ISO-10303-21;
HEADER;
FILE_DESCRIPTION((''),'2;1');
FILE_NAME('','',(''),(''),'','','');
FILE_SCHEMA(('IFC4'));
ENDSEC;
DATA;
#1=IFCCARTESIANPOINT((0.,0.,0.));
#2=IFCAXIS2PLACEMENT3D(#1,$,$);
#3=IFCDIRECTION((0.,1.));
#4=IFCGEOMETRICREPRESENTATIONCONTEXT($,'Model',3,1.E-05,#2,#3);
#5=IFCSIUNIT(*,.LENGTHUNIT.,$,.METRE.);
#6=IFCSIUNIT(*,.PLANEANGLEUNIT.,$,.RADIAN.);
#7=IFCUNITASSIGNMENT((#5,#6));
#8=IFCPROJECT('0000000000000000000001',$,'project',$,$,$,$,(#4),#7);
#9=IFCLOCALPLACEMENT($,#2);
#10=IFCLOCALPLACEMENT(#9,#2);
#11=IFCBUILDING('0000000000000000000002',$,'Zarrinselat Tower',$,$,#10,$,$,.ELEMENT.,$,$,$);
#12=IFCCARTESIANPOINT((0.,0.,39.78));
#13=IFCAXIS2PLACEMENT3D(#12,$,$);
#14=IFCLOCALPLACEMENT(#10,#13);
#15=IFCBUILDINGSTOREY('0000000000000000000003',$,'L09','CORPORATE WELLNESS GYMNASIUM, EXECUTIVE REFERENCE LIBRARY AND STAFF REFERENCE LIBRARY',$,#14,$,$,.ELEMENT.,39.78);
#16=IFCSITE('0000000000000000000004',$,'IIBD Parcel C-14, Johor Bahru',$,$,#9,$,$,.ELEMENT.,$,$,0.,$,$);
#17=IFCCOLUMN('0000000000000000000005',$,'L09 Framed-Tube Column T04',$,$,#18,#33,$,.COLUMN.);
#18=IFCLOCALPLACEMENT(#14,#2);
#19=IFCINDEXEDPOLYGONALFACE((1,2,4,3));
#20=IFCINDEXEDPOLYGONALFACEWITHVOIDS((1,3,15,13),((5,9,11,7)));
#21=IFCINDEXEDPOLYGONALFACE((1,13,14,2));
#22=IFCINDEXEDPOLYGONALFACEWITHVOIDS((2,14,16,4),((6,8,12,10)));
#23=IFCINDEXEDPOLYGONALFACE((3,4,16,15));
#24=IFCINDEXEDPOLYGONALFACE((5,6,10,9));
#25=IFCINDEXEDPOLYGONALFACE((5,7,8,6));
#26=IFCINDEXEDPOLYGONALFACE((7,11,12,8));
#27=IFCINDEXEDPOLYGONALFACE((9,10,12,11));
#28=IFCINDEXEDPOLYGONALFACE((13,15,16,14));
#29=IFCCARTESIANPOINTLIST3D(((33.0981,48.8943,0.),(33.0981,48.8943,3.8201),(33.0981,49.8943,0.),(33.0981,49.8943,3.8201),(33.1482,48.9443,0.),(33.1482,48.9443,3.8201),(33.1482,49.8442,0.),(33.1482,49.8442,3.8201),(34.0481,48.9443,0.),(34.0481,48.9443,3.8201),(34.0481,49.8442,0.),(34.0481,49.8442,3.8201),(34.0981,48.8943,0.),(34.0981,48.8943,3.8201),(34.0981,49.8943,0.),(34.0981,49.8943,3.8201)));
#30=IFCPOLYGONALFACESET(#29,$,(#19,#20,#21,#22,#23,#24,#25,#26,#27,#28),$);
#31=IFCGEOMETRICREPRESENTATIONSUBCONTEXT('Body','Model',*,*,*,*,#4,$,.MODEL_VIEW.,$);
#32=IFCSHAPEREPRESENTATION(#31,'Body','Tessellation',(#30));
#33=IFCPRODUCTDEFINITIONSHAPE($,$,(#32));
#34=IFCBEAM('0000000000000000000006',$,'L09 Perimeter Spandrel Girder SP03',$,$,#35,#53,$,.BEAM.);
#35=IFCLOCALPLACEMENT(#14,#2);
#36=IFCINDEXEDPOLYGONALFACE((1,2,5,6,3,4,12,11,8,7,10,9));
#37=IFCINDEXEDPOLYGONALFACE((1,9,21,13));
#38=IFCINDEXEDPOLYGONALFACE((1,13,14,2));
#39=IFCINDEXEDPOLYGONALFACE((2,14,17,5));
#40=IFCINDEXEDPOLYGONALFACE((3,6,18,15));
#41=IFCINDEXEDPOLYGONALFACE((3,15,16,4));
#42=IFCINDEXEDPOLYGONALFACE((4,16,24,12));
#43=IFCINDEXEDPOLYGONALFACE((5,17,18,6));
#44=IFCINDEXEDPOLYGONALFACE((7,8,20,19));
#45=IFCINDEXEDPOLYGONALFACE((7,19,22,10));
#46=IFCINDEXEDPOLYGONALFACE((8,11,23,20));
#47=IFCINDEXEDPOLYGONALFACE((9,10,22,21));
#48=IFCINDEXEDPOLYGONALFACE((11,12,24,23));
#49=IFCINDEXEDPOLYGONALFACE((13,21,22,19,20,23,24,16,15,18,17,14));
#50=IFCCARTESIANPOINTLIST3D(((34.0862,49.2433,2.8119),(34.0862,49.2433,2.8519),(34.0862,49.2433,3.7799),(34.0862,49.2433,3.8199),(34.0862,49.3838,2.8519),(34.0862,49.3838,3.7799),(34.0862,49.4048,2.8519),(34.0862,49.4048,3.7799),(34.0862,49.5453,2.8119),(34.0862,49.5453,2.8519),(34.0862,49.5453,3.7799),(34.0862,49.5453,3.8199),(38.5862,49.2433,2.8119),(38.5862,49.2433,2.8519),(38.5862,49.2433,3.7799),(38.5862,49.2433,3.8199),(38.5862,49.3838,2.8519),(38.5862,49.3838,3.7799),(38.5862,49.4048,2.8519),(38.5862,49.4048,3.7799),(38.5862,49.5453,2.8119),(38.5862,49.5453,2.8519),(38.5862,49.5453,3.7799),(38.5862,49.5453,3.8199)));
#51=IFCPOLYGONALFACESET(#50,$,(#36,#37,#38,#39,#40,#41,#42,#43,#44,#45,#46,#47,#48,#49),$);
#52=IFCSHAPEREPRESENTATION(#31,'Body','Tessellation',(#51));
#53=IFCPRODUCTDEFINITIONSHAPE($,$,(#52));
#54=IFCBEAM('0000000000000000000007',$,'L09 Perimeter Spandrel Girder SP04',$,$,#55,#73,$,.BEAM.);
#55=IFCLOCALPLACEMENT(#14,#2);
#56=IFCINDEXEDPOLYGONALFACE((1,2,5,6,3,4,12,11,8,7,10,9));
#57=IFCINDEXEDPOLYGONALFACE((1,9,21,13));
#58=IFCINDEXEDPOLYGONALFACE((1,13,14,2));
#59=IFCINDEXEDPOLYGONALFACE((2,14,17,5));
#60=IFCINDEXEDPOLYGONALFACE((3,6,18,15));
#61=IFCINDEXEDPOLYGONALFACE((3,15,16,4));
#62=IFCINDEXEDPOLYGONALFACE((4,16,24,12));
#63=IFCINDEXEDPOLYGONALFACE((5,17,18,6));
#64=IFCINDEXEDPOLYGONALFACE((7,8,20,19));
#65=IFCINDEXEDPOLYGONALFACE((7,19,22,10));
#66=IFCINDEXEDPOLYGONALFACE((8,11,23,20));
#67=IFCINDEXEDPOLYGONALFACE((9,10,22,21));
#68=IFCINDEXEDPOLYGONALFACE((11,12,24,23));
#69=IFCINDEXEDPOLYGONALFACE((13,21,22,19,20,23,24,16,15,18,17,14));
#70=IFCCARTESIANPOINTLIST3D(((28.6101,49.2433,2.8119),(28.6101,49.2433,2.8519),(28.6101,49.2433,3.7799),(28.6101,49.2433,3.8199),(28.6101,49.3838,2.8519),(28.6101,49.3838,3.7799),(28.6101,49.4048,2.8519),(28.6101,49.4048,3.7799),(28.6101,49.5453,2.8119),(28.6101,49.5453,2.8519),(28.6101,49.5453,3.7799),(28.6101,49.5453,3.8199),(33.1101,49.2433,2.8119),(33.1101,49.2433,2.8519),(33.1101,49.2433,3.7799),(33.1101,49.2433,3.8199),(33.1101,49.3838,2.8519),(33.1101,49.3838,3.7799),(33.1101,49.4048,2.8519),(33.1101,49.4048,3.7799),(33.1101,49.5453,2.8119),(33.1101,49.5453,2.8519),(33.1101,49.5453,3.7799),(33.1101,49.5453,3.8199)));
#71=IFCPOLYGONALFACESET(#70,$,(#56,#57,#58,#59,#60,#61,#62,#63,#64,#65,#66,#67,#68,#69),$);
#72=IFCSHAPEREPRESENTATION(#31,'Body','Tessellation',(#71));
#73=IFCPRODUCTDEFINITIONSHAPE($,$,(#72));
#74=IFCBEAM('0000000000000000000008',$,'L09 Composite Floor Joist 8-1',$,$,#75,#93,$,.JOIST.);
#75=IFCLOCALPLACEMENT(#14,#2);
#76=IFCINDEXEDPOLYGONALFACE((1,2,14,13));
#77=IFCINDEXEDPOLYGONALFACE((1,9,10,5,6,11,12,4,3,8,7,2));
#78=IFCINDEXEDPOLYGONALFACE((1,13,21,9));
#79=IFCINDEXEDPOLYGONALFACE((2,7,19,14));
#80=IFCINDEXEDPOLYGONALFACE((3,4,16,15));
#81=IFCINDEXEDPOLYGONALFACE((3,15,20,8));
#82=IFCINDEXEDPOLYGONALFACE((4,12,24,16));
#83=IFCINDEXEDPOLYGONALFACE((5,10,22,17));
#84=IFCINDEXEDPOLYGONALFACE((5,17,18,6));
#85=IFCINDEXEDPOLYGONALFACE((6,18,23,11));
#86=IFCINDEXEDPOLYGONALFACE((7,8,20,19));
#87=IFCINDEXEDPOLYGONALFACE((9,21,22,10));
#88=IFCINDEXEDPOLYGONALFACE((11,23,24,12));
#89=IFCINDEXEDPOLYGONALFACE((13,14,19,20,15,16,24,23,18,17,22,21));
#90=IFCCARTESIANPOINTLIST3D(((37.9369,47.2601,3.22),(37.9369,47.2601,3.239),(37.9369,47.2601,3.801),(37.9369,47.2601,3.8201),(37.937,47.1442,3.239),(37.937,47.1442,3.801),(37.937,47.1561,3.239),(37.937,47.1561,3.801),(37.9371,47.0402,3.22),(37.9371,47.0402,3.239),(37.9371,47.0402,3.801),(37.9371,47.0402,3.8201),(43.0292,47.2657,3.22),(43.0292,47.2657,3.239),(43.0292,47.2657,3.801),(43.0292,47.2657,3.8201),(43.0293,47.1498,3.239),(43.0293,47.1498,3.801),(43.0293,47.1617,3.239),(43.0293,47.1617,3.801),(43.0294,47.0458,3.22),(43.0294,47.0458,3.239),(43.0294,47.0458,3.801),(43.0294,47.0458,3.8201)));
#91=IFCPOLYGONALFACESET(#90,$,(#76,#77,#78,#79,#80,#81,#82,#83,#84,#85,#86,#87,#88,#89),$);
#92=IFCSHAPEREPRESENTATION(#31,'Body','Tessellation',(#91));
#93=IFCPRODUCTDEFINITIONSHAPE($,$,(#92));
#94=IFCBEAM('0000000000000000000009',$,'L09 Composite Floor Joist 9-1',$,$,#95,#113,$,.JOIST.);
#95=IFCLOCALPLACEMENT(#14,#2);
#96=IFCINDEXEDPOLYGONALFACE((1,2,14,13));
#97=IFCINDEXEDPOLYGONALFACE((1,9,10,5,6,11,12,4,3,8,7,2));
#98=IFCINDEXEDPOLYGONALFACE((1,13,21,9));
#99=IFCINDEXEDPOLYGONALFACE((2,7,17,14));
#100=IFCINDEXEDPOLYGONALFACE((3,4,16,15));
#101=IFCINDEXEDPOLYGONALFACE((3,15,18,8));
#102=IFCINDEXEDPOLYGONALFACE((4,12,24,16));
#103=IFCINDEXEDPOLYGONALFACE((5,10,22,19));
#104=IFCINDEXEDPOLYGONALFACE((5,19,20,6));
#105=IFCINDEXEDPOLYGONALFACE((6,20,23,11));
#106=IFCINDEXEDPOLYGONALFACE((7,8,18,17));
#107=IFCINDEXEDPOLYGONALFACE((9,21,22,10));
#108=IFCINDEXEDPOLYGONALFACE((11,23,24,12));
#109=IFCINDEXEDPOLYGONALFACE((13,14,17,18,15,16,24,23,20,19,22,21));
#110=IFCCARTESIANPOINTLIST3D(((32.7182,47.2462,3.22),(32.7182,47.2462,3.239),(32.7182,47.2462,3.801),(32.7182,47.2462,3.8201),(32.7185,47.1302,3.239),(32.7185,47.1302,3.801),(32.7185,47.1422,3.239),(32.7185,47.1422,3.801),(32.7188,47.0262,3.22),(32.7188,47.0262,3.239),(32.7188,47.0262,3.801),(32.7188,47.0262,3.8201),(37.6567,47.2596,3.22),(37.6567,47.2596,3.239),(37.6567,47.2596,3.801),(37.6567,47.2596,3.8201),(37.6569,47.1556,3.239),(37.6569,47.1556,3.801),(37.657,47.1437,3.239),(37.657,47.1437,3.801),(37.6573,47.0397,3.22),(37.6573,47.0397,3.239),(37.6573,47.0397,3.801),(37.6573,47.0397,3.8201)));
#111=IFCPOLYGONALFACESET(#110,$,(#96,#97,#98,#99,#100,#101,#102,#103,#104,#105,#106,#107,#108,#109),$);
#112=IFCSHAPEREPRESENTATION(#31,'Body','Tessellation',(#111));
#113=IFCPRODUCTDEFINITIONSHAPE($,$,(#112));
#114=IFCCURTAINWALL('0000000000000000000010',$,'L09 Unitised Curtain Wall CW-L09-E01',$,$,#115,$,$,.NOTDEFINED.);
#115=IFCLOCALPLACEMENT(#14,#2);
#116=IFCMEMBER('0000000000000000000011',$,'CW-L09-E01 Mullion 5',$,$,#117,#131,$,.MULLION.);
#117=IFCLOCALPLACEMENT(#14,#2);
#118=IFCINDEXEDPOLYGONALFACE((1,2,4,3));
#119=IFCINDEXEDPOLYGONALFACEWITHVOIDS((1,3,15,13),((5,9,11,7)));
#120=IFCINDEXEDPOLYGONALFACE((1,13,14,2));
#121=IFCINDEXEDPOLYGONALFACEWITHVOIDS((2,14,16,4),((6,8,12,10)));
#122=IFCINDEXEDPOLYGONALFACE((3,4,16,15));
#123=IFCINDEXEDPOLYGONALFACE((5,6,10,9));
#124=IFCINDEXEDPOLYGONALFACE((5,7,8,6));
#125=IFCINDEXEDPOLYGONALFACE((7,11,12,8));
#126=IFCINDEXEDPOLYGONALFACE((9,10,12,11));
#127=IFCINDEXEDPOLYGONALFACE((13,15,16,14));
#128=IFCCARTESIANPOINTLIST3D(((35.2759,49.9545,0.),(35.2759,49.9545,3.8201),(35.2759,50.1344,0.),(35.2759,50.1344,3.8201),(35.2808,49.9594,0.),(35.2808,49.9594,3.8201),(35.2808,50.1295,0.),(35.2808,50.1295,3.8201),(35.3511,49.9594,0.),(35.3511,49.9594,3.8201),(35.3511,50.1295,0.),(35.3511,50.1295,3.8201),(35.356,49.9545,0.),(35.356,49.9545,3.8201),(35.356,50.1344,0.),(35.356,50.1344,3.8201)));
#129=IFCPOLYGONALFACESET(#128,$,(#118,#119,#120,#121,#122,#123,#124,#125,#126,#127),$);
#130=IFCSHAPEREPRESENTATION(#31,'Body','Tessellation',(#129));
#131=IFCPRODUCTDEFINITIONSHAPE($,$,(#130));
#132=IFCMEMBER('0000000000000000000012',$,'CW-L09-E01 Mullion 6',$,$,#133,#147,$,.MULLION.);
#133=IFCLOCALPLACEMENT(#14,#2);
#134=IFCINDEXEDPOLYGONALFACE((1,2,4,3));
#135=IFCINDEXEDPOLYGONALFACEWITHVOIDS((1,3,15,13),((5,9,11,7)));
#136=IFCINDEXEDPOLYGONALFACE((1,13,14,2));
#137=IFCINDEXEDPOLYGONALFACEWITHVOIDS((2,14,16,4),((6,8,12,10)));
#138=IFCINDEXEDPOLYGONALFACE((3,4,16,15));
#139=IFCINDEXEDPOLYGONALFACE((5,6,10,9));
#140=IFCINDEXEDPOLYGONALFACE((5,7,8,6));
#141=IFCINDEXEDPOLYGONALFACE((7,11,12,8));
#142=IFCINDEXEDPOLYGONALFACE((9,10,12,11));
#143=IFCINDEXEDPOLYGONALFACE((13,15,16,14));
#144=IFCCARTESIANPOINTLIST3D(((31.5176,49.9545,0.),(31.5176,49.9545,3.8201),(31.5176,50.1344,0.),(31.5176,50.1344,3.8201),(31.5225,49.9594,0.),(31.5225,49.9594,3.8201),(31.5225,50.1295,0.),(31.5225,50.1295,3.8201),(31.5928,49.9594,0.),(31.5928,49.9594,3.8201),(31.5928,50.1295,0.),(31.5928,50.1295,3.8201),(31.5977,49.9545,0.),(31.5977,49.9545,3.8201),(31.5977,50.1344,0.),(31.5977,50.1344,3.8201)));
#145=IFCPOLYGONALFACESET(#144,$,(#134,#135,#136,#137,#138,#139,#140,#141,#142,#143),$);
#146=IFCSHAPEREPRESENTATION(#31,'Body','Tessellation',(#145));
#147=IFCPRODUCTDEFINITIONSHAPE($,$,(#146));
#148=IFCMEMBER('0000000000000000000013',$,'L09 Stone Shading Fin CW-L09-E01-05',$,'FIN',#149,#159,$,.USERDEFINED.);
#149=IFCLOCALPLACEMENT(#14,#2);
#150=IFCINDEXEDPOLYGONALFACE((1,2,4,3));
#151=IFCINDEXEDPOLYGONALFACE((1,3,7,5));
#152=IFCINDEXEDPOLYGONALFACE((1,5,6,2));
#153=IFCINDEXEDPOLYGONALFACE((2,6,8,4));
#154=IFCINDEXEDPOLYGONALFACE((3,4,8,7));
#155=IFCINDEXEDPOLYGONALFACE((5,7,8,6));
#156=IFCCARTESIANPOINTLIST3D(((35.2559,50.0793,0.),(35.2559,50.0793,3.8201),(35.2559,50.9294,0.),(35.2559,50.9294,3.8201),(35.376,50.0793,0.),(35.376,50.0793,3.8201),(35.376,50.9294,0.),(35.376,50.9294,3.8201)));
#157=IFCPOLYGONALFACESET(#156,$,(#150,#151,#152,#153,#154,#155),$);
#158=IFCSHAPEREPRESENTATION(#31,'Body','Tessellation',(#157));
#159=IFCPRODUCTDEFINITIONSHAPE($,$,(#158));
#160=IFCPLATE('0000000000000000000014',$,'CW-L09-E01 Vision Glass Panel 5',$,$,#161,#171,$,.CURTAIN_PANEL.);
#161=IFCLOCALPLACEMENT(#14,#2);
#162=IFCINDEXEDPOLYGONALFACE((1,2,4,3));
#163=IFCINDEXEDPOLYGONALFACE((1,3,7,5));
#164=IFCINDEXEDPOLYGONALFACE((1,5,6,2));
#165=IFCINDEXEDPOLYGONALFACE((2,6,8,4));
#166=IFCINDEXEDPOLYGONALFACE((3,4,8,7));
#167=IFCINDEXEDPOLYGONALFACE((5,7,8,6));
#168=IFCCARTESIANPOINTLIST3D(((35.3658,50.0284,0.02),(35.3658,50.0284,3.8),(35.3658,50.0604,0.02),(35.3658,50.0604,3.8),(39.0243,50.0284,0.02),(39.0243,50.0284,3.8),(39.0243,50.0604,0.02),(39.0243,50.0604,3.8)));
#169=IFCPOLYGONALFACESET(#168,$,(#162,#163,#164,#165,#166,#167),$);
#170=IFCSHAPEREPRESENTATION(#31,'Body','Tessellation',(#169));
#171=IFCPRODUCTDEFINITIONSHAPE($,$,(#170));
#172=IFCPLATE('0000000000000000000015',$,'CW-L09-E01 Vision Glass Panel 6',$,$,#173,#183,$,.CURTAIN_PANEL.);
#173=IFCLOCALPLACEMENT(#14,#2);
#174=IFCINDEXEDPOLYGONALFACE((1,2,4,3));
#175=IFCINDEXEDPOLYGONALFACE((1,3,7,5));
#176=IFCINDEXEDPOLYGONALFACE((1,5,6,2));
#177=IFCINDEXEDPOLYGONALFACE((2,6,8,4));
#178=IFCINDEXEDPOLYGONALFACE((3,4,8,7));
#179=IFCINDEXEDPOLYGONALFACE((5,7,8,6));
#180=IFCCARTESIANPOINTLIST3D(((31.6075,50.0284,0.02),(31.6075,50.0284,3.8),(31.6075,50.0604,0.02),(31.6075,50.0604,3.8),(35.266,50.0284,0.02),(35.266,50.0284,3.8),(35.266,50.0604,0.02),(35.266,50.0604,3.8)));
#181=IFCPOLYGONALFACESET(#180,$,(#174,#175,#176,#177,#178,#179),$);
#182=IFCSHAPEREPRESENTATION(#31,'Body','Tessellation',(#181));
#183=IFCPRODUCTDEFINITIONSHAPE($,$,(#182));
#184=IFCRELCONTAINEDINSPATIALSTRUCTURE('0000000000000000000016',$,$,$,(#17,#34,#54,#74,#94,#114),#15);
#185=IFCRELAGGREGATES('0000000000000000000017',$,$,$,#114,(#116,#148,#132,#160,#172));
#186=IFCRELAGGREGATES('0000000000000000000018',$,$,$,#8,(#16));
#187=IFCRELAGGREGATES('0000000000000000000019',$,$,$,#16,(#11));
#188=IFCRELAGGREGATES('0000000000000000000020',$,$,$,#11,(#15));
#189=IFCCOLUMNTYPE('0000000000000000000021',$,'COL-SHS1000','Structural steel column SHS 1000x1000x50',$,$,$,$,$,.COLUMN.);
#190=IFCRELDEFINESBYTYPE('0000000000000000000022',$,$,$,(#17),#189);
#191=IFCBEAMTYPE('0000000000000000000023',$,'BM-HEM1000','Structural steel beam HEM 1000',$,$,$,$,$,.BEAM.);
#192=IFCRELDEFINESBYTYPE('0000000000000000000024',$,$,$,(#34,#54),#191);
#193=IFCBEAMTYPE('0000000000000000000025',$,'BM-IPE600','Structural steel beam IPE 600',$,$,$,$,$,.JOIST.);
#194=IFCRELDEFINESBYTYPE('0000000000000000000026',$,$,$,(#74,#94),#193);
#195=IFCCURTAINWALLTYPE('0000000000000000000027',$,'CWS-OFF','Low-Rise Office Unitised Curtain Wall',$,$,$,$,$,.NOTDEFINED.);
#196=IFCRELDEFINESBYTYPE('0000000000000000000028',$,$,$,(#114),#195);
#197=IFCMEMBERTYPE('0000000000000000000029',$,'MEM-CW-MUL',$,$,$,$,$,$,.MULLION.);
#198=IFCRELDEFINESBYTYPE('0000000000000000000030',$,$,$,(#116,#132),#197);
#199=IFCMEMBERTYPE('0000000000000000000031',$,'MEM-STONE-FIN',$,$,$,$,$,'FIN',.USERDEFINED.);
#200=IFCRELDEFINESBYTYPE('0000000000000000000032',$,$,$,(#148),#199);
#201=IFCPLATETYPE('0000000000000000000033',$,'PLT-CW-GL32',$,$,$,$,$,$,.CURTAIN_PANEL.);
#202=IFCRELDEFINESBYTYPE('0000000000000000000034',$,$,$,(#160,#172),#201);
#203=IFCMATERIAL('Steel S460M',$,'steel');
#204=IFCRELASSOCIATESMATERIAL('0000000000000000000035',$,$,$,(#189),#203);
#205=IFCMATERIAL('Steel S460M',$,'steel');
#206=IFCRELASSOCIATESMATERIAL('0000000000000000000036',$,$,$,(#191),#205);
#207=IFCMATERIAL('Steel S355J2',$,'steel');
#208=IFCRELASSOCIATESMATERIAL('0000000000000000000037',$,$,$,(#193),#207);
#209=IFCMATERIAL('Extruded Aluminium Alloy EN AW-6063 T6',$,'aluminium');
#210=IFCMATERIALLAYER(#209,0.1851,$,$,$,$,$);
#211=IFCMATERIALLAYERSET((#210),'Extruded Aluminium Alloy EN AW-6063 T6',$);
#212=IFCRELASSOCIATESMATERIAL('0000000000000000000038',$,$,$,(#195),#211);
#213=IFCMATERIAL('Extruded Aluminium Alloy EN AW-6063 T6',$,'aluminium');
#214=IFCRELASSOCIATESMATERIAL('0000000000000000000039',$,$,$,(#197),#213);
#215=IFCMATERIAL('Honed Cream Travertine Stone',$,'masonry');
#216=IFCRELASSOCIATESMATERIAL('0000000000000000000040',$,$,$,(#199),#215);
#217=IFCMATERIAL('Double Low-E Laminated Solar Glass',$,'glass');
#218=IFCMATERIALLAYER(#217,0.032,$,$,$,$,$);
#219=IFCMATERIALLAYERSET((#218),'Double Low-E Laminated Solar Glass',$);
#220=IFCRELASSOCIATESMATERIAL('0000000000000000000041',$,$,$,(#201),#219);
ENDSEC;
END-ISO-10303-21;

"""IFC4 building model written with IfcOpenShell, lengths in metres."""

from ifc_helpers import new_model, si_unit, direction, frame, origin, origin_2d, place, context, subcontext, project, spatial, rectangle, hollow_rectangle, i_section, extrude, material, layer, layer_set, material_profile, profile_set, type_object, element, aggregate, save


model = new_model("IFC4")

# Units and contexts
model_context = context("Model", 3, precision=1e-05, world=origin(), true_north=direction((0.0, 1.0)))
body_context = subcontext(model_context, "Body", "Model", "MODEL_VIEW")
ifc_project = project(units=[si_unit("LENGTHUNIT", "METRE"), si_unit("PLANEANGLEUNIT", "RADIAN")], contexts=[model_context])

# Site, building, storey
site_placement = place(None, origin())
site = spatial("IfcSite", under=ifc_project, at=site_placement, Name="IIBD Parcel C-14, Johor Bahru", CompositionType="ELEMENT", RefElevation=0.0)
building_placement = place(site_placement, origin())
building = spatial("IfcBuilding", under=site, at=building_placement, Name="Zarrinselat Tower", CompositionType="ELEMENT")
storey_placement = place(building_placement, frame((0.0, 0.0, 39.78)))
storey = spatial("IfcBuildingStorey", under=building, at=storey_placement, Name="L09", Description="CORPORATE WELLNESS GYMNASIUM, EXECUTIVE REFERENCE LIBRARY AND STAFF REFERENCE LIBRARY", CompositionType="ELEMENT", Elevation=39.78)

# Column
ifc_material_1 = material(Name="Steel S460M", Category="steel")
ifc_material_profile_1 = material_profile(ifc_material_1, hollow_rectangle(XDim=1.0, YDim=1.0, WallThickness=0.05, at=origin_2d()), Name="SHS 1000x1000x50")
ifc_profile_set_1 = profile_set([ifc_material_profile_1], Name="Steel S460M")
column_type = type_object("IfcColumnType", Name="COL-SHS1000", Description="Structural steel column SHS 1000x1000x50", PredefinedType="COLUMN", material=ifc_profile_set_1)
column_placement = place(storey_placement, frame((33.5981, 49.3943, 0.0), z_axis=(0.0, 0.0, 1.0), x_axis=(1.0, 0.0, 0.0)))
element("IfcColumn", 1, at=column_placement, inside=storey, type_object=column_type, Name="L09 Framed-Tube Column T04", PredefinedType="COLUMN", context=body_context, shape_type="SweptSolid", body=[
    extrude(hollow_rectangle(XDim=1.0, YDim=1.0, WallThickness=0.05, at=origin_2d()), origin(), (0.0, 0.0, 1.0), 3.8201),
])

# Beams
ifc_material_2 = material(Name="Steel S460M", Category="steel")
ifc_material_profile_2 = material_profile(ifc_material_2, i_section(OverallWidth=0.302, OverallDepth=1.0081, WebThickness=0.021, FlangeThickness=0.04, at=origin_2d()), Name="HEM 1000")
ifc_profile_set_2 = profile_set([ifc_material_profile_2], Name="Steel S460M")
beam_type_1 = type_object("IfcBeamType", Name="BM-HEM1000", Description="Structural steel beam HEM 1000", PredefinedType="BEAM", material=ifc_profile_set_2)
for number, where, z_axis, x_axis, name in (
    (2, (34.0862, 49.3943, 3.3159), (1.0, 0.0, 0.0), (0.0, 1.0, 0.0), "L09 Perimeter Spandrel Girder SP03"),
    (3, (28.6101, 49.3943, 3.3159), (1.0, 0.0, 0.0), (0.0, 1.0, 0.0), "L09 Perimeter Spandrel Girder SP04"),
):
    element("IfcBeam", number, at=place(storey_placement, frame(where, z_axis=z_axis, x_axis=x_axis)), inside=storey, type_object=beam_type_1, Name=name, PredefinedType="BEAM", context=body_context, shape_type="SweptSolid", body=[
        extrude(i_section(OverallWidth=0.302, OverallDepth=1.0081, WebThickness=0.021, FlangeThickness=0.04, at=origin_2d()), origin(), (0.0, 0.0, 1.0), 4.5),
    ])
ifc_material_3 = material(Name="Steel S355J2", Category="steel")
ifc_material_profile_3 = material_profile(ifc_material_3, i_section(OverallWidth=0.22, OverallDepth=0.6001, WebThickness=0.012, FlangeThickness=0.019, at=origin_2d()), Name="IPE 600")
ifc_profile_set_3 = profile_set([ifc_material_profile_3], Name="Steel S355J2")
beam_type_2 = type_object("IfcBeamType", Name="BM-IPE600", Description="Structural steel beam IPE 600", PredefinedType="JOIST", material=ifc_profile_set_3)
beam_1_placement = place(storey_placement, frame((37.937, 47.1501, 3.52), z_axis=(0.999999, 0.001103, 0.0), x_axis=(-0.001103, 0.999999, 0.0)))
element("IfcBeam", 4, at=beam_1_placement, inside=storey, type_object=beam_type_2, Name="L09 Composite Floor Joist 8-1", PredefinedType="JOIST", context=body_context, shape_type="SweptSolid", body=[
    extrude(i_section(OverallWidth=0.22, OverallDepth=0.6001, WebThickness=0.012, FlangeThickness=0.019, at=origin_2d()), origin(), (0.0, 0.0, 1.0), 5.0923),
])
beam_2_placement = place(storey_placement, frame((32.7185, 47.1362, 3.52), z_axis=(0.999996, 0.002719, 0.0), x_axis=(-0.002719, 0.999996, 0.0)))
element("IfcBeam", 5, at=beam_2_placement, inside=storey, type_object=beam_type_2, Name="L09 Composite Floor Joist 9-1", PredefinedType="JOIST", context=body_context, shape_type="SweptSolid", body=[
    extrude(i_section(OverallWidth=0.22, OverallDepth=0.6001, WebThickness=0.012, FlangeThickness=0.019, at=origin_2d()), origin(), (0.0, 0.0, 1.0), 4.9385),
])

# Curtain wall, members, plates
ifc_material_4 = material(Name="Extruded Aluminium Alloy EN AW-6063 T6", Category="aluminium")
ifc_layer_1 = layer(ifc_material_4, 0.1851)
ifc_layer_set_1 = layer_set([ifc_layer_1], Name="Extruded Aluminium Alloy EN AW-6063 T6")
curtain_wall_type = type_object("IfcCurtainWallType", Name="CWS-OFF", Description="Low-Rise Office Unitised Curtain Wall", PredefinedType="NOTDEFINED", material=ifc_layer_set_1)
curtain_wall_placement = place(storey_placement, origin())
curtain_wall = element("IfcCurtainWall", 6, at=curtain_wall_placement, inside=storey, type_object=curtain_wall_type, Name="L09 Unitised Curtain Wall CW-L09-E01", PredefinedType="NOTDEFINED")
ifc_material_5 = material(Name="Extruded Aluminium Alloy EN AW-6063 T6", Category="aluminium")
ifc_material_profile_4 = material_profile(ifc_material_5, hollow_rectangle(XDim=0.0801, YDim=0.1799, WallThickness=0.0049, at=origin_2d()), Name="RHS 180x80x5")
ifc_profile_set_4 = profile_set([ifc_material_profile_4], Name="Extruded Aluminium Alloy EN AW-6063 T6")
member_type_1 = type_object("IfcMemberType", Name="MEM-CW-MUL", PredefinedType="MULLION", material=ifc_profile_set_4)
member_1_placement = place(storey_placement, frame((35.3159, 50.0444, 0.0), z_axis=(0.0, 0.0, 1.0), x_axis=(-1.0, 0.0, 0.0)))
member_1 = element("IfcMember", 7, at=member_1_placement, type_object=member_type_1, Name="CW-L09-E01 Mullion 5", PredefinedType="MULLION", context=body_context, shape_type="SweptSolid", body=[
    extrude(hollow_rectangle(XDim=0.0801, YDim=0.1799, WallThickness=0.0049, at=origin_2d()), origin(), (0.0, 0.0, 1.0), 3.8201),
])
member_2_placement = place(storey_placement, frame((31.5576, 50.0444, 0.0), z_axis=(0.0, 0.0, 1.0), x_axis=(-1.0, 0.0, 0.0)))
member_2 = element("IfcMember", 8, at=member_2_placement, type_object=member_type_1, Name="CW-L09-E01 Mullion 6", PredefinedType="MULLION", context=body_context, shape_type="SweptSolid", body=[
    extrude(hollow_rectangle(XDim=0.0801, YDim=0.1799, WallThickness=0.0049, at=origin_2d()), origin(), (0.0, 0.0, 1.0), 3.8201),
])
ifc_material_6 = material(Name="Honed Cream Travertine Stone", Category="masonry")
ifc_material_profile_5 = material_profile(ifc_material_6, rectangle(XDim=0.1201, YDim=0.8501, at=origin_2d()), Name="FIN 850x120")
ifc_profile_set_5 = profile_set([ifc_material_profile_5], Name="Honed Cream Travertine Stone")
member_type_2 = type_object("IfcMemberType", Name="MEM-STONE-FIN", ElementType="FIN", PredefinedType="USERDEFINED", material=ifc_profile_set_5)
member_3_placement = place(storey_placement, frame((35.3159, 50.5044, 0.0), z_axis=(0.0, 0.0, 1.0), x_axis=(1.0, 0.0, 0.0)))
member_3 = element("IfcMember", 9, at=member_3_placement, type_object=member_type_2, Name="L09 Stone Shading Fin CW-L09-E01-05", ObjectType="FIN", PredefinedType="USERDEFINED", context=body_context, shape_type="SweptSolid", body=[
    extrude(rectangle(XDim=0.1201, YDim=0.8501, at=origin_2d()), origin(), (0.0, 0.0, 1.0), 3.8201),
])
ifc_material_7 = material(Name="Double Low-E Laminated Solar Glass", Category="glass")
ifc_layer_2 = layer(ifc_material_7, 0.032)
ifc_layer_set_2 = layer_set([ifc_layer_2], Name="Double Low-E Laminated Solar Glass")
plate_type = type_object("IfcPlateType", Name="PLT-CW-GL32", PredefinedType="CURTAIN_PANEL", material=ifc_layer_set_2)
plate_1_placement = place(storey_placement, frame((37.1951, 50.0444, 0.02), z_axis=(0.0, 0.0, 1.0), x_axis=(-1.0, 0.0, 0.0)))
plate_1 = element("IfcPlate", 10, at=plate_1_placement, type_object=plate_type, Name="CW-L09-E01 Vision Glass Panel 5", PredefinedType="CURTAIN_PANEL", context=body_context, shape_type="SweptSolid", body=[
    extrude(rectangle(XDim=3.6584, YDim=0.032, at=origin_2d()), origin(), (0.0, 0.0, 1.0), 3.78),
])
plate_2_placement = place(storey_placement, frame((33.4368, 50.0444, 0.02), z_axis=(0.0, 0.0, 1.0), x_axis=(-1.0, 0.0, 0.0)))
plate_2 = element("IfcPlate", 11, at=plate_2_placement, type_object=plate_type, Name="CW-L09-E01 Vision Glass Panel 6", PredefinedType="CURTAIN_PANEL", context=body_context, shape_type="SweptSolid", body=[
    extrude(rectangle(XDim=3.6584, YDim=0.032, at=origin_2d()), origin(), (0.0, 0.0, 1.0), 3.78),
])
aggregate(curtain_wall, [member_1, member_3, member_2, plate_1, plate_2])

save(model, "model.ifc")
